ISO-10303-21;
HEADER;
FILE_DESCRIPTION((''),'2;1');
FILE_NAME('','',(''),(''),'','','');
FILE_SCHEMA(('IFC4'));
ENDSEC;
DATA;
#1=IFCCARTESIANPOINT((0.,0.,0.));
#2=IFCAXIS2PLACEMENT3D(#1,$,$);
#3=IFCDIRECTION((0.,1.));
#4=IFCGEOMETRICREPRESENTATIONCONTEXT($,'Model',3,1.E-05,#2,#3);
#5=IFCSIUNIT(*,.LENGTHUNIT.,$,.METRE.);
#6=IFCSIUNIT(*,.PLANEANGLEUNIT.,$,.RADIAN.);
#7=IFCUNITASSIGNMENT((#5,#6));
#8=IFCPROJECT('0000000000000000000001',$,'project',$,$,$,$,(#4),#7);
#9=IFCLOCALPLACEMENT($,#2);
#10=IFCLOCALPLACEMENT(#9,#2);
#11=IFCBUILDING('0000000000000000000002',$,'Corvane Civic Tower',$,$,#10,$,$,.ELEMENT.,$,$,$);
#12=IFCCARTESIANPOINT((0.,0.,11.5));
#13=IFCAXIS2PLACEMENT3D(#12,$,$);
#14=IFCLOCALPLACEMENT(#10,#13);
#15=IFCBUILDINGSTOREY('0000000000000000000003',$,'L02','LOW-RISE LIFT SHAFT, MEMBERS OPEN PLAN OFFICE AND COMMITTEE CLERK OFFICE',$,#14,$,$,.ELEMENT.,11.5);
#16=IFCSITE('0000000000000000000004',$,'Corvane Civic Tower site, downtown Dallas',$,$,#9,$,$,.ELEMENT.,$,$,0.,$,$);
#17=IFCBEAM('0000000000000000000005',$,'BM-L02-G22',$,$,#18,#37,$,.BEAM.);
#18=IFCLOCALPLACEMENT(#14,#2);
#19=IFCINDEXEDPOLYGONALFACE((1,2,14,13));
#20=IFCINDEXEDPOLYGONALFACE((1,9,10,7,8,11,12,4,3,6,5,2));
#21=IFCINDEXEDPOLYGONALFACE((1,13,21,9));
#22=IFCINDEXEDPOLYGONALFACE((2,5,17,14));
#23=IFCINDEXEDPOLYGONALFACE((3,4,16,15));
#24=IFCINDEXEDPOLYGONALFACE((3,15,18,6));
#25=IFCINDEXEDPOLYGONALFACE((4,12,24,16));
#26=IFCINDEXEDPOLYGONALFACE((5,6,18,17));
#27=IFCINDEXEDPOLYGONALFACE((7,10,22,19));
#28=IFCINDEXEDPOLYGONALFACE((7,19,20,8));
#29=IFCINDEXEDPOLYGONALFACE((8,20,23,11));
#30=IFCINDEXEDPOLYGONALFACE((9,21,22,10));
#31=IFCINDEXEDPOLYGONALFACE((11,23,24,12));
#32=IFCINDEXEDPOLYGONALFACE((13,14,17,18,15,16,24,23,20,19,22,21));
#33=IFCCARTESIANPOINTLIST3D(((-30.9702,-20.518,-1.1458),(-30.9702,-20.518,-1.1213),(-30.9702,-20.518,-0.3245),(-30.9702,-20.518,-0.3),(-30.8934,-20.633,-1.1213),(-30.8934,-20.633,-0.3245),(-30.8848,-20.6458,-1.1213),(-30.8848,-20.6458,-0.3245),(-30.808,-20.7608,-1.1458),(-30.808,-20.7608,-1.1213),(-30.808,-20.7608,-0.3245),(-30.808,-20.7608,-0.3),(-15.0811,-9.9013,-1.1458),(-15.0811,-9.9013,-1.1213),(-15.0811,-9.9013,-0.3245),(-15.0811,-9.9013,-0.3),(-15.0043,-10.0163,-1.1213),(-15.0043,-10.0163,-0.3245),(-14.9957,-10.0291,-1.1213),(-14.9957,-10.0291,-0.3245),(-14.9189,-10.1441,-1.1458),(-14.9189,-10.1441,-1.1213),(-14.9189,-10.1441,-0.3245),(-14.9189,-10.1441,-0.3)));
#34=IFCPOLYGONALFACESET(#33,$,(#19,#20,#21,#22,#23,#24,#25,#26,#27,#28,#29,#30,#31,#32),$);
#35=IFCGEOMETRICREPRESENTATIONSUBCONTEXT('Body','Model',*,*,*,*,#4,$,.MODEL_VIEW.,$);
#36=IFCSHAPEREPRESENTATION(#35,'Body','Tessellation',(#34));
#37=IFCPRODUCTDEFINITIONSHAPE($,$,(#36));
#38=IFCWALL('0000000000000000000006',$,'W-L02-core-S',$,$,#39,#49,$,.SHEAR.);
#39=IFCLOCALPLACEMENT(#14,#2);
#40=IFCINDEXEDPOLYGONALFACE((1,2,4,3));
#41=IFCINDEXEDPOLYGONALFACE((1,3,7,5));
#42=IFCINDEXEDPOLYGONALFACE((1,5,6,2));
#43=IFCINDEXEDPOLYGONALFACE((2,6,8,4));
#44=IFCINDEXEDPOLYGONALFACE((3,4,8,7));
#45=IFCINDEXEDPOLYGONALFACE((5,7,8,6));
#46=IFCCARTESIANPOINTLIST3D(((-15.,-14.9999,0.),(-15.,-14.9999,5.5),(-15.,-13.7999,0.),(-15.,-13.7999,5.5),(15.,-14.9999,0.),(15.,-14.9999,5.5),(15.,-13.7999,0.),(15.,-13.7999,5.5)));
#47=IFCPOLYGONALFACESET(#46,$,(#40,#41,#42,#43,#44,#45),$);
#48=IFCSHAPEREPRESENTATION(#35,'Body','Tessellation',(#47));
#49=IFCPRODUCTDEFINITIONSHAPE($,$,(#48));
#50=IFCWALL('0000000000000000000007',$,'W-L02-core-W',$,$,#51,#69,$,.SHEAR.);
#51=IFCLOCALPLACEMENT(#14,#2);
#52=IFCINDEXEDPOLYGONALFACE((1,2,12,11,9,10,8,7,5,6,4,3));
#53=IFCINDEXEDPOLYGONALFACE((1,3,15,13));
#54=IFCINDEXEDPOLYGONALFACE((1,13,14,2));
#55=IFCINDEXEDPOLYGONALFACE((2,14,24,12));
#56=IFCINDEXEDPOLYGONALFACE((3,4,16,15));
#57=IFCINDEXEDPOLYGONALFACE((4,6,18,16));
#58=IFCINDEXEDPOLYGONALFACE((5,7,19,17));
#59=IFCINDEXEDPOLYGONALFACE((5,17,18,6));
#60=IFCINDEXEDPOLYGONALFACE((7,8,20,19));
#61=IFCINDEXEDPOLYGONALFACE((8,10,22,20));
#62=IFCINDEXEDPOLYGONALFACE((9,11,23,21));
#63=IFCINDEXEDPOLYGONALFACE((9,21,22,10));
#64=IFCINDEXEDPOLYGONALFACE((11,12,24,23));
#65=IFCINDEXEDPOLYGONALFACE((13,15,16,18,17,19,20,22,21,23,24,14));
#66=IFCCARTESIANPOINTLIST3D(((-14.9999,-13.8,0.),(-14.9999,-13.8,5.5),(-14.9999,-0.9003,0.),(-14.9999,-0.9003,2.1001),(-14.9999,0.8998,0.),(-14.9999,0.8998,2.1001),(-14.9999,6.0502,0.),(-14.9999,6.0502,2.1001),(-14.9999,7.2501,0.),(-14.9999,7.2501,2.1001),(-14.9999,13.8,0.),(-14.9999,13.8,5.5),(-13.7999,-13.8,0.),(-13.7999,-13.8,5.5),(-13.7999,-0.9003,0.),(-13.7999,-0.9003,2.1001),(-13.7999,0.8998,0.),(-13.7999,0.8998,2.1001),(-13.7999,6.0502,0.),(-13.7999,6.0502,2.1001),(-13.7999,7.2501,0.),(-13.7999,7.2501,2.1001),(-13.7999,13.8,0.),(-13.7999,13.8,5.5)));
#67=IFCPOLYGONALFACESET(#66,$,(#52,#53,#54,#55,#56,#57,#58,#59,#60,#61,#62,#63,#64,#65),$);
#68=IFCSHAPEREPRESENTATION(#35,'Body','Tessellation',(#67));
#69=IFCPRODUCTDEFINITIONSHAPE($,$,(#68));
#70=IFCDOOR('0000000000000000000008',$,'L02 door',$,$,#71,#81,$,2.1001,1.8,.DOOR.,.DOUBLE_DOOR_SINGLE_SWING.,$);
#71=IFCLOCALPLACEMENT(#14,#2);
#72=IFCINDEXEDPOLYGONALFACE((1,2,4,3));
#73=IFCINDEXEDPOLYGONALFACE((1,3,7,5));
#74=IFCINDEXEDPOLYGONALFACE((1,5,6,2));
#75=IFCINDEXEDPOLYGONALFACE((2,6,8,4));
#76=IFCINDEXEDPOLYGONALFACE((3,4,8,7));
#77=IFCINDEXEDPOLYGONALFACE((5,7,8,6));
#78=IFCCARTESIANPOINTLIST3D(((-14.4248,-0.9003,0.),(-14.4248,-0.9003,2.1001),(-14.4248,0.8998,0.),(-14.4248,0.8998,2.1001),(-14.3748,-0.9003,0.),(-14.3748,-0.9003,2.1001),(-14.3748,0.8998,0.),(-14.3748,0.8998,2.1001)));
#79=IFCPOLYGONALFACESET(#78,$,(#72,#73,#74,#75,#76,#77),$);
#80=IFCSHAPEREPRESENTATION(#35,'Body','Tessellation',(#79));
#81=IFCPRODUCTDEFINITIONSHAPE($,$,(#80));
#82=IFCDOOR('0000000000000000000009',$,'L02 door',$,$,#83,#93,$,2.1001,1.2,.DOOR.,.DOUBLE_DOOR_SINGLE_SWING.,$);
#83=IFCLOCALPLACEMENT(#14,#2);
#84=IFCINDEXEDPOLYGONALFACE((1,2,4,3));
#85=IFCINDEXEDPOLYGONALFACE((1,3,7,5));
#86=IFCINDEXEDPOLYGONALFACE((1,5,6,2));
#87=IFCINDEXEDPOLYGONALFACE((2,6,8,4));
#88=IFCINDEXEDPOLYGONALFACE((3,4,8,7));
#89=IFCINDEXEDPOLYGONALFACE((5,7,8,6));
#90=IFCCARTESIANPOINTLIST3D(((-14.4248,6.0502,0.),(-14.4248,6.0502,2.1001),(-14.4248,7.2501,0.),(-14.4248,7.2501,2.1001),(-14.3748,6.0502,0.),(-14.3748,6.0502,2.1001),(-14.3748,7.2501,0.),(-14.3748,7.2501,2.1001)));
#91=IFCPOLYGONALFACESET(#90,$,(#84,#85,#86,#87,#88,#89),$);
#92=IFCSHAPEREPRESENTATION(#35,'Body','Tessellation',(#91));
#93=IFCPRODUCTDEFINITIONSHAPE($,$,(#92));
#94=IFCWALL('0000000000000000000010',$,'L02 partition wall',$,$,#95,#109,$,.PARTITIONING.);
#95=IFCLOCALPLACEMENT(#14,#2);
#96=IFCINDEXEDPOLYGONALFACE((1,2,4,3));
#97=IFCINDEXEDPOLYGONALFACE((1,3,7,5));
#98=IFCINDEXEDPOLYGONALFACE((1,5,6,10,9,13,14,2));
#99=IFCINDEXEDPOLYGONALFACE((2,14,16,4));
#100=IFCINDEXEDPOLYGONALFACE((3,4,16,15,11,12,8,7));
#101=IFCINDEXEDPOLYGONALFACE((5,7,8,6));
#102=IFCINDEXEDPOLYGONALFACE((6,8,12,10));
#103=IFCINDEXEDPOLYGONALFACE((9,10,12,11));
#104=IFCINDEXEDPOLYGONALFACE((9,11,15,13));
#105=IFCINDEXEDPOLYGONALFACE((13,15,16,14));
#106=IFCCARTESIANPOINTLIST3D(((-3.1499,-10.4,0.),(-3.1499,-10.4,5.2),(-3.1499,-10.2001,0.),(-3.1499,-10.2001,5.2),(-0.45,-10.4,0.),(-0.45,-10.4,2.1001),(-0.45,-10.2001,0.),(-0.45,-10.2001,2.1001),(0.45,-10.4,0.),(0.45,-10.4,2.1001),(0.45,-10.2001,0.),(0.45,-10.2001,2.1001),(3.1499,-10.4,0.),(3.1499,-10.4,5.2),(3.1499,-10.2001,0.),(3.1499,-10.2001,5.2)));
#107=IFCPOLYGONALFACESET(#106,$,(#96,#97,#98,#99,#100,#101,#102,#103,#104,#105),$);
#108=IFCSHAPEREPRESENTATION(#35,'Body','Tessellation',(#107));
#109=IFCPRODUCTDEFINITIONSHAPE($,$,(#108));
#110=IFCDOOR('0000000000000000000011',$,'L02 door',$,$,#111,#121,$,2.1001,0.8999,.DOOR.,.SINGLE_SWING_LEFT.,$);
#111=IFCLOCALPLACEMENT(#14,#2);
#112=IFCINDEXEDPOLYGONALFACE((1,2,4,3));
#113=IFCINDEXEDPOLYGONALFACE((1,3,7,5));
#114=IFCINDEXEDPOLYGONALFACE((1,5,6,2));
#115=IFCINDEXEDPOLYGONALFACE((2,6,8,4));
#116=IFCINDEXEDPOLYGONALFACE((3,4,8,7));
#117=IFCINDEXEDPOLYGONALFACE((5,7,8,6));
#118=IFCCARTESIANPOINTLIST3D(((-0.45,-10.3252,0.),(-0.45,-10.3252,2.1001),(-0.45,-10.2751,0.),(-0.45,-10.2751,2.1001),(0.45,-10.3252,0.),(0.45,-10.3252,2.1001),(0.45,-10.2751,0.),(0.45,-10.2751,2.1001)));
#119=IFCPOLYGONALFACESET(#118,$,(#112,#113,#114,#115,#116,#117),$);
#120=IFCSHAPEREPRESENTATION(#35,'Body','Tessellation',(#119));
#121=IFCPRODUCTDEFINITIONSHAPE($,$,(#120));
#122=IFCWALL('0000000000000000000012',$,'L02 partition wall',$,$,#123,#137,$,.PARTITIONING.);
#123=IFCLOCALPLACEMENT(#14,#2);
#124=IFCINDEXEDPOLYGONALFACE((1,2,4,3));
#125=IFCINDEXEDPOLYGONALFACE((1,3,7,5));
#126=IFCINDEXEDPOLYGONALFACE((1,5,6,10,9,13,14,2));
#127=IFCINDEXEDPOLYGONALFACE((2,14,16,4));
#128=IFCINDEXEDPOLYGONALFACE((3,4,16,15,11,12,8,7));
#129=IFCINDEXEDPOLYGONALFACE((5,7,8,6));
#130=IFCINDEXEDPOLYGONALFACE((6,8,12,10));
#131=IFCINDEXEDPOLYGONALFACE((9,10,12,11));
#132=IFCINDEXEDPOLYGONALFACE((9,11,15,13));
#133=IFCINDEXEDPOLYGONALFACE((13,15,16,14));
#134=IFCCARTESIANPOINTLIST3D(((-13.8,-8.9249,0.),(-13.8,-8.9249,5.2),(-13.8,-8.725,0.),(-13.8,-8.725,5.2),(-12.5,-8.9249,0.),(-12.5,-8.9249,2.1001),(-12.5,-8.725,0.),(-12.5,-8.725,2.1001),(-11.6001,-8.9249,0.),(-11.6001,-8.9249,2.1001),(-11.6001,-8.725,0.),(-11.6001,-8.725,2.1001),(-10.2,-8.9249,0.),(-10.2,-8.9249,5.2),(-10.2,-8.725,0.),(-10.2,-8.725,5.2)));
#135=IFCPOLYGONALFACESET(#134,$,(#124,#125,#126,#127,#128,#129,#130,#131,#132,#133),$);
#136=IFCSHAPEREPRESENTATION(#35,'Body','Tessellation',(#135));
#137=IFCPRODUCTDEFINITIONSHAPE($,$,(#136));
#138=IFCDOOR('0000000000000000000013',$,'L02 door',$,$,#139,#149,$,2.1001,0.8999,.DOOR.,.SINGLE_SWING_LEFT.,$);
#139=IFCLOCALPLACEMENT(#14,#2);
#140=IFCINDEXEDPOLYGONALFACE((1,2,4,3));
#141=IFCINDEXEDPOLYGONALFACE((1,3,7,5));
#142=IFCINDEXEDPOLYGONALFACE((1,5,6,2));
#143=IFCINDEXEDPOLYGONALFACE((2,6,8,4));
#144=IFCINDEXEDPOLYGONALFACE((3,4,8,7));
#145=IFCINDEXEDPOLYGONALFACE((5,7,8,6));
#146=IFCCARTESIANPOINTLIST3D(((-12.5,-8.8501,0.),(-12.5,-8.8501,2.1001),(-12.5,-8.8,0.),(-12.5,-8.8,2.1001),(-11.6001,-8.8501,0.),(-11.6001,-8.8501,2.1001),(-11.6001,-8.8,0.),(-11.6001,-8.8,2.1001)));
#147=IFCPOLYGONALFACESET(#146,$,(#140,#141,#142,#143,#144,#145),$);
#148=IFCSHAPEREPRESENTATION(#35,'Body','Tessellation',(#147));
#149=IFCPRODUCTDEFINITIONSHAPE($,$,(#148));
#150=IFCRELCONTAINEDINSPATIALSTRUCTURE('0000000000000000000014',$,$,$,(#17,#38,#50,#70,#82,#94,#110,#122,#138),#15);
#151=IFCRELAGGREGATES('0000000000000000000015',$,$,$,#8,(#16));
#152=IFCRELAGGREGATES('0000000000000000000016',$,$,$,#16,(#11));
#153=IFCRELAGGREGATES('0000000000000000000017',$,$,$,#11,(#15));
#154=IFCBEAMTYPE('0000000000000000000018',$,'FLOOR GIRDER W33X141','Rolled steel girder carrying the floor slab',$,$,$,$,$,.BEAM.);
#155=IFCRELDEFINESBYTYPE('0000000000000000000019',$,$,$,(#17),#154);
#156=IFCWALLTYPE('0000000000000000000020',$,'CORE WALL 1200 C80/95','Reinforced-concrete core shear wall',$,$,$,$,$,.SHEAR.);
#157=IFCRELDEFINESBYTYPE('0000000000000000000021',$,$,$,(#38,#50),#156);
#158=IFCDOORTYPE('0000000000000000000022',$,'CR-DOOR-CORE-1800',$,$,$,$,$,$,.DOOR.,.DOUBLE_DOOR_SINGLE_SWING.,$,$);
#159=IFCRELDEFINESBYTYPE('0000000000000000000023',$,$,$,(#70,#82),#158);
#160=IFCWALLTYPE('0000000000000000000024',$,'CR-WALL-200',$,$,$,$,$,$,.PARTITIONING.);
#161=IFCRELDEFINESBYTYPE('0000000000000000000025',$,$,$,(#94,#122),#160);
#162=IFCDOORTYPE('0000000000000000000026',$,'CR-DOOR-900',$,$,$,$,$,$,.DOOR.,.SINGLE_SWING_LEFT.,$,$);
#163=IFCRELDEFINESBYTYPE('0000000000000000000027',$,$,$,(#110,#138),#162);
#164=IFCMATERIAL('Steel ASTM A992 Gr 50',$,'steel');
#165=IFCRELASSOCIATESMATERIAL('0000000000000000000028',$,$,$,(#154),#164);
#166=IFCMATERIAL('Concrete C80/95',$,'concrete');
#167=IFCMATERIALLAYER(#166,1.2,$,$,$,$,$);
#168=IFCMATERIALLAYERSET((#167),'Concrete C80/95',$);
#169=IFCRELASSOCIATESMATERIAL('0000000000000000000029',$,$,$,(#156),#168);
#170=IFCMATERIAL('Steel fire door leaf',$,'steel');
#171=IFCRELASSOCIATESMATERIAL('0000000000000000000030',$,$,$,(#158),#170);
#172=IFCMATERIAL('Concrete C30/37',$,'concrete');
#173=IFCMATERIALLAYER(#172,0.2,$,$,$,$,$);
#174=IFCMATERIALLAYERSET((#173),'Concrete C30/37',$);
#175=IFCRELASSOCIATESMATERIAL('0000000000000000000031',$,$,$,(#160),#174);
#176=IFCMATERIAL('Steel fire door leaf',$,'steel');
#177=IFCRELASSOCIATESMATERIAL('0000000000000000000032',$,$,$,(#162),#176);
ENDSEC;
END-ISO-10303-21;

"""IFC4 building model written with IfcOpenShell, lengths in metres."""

from ifc_helpers import new_model, si_unit, direction, frame, frame_2d, origin, origin_2d, place, context, subcontext, project, spatial, rectangle, i_section, extrude, material, layer, layer_set, material_profile, profile_set, type_object, element, fill, save


model = new_model("IFC4")

# Units and contexts
model_context = context("Model", 3, precision=1e-05, world=origin(), true_north=direction((0.0, 1.0)))
body_context = subcontext(model_context, "Body", "Model", "MODEL_VIEW")
ifc_project = project(units=[si_unit("LENGTHUNIT", "METRE"), si_unit("PLANEANGLEUNIT", "RADIAN")], contexts=[model_context])

# Site, building, storey
site_placement = place(None, origin())
site = spatial("IfcSite", under=ifc_project, at=site_placement, Name="Corvane Civic Tower site, downtown Dallas", CompositionType="ELEMENT", RefElevation=0.0)
building_placement = place(site_placement, origin())
building = spatial("IfcBuilding", under=site, at=building_placement, Name="Corvane Civic Tower", CompositionType="ELEMENT")
storey_placement = place(building_placement, frame((0.0, 0.0, 11.5)))
storey = spatial("IfcBuildingStorey", under=building, at=storey_placement, Name="L02", Description="LOW-RISE LIFT SHAFT, MEMBERS OPEN PLAN OFFICE AND COMMITTEE CLERK OFFICE", CompositionType="ELEMENT", Elevation=11.5)

# Beam
ifc_material_1 = material(Name="Steel ASTM A992 Gr 50", Category="steel")
ifc_material_profile = material_profile(ifc_material_1, i_section(OverallWidth=0.292, OverallDepth=0.8457, WebThickness=0.0154, FlangeThickness=0.0244, at=origin_2d()), Name="W33X141")
ifc_profile_set = profile_set([ifc_material_profile], Name="Steel ASTM A992 Gr 50")
beam_type = type_object("IfcBeamType", Name="FLOOR GIRDER W33X141", Description="Rolled steel girder carrying the floor slab", PredefinedType="BEAM", material=ifc_profile_set)
beam_placement = place(storey_placement, frame((-15.0, -10.0227, -0.7229), z_axis=(-0.831472, -0.555567, 0.0), x_axis=(0.555567, -0.831472, 0.0)))
element("IfcBeam", 1, at=beam_placement, inside=storey, type_object=beam_type, Name="BM-L02-G22", PredefinedType="BEAM", context=body_context, shape_type="SweptSolid", body=[
    extrude(i_section(OverallWidth=0.292, OverallDepth=0.8457, WebThickness=0.0154, FlangeThickness=0.0244, at=origin_2d()), origin(), (0.0, 0.0, 1.0), 19.1096),
])

# Wall
ifc_material_2 = material(Name="Concrete C80/95", Category="concrete")
ifc_layer_1 = layer(ifc_material_2, 1.2)
ifc_layer_set_1 = layer_set([ifc_layer_1], Name="Concrete C80/95")
wall_type_1 = type_object("IfcWallType", Name="CORE WALL 1200 C80/95", Description="Reinforced-concrete core shear wall", PredefinedType="SHEAR", material=ifc_layer_set_1)
wall_1_placement = place(storey_placement, frame((-15.0, -14.3999, 0.0), z_axis=(0.0, 0.0, 1.0), x_axis=(1.0, 0.0, 0.0)))
element("IfcWall", 2, at=wall_1_placement, inside=storey, type_object=wall_type_1, Name="W-L02-core-S", PredefinedType="SHEAR", context=body_context, shape_type="SweptSolid", body=[
    extrude(rectangle(XDim=30.0, YDim=1.2, at=frame_2d((15.0, 0.0))), origin(), (0.0, 0.0, 1.0), 5.5),
])

# Wall, openings, doors
wall_2_placement = place(storey_placement, frame((-14.3999, -13.8, 0.0), z_axis=(0.0, 0.0, 1.0), x_axis=(0.0, 1.0, 0.0)))
wall_2 = element("IfcWall", 3, at=wall_2_placement, inside=storey, type_object=wall_type_1, Name="W-L02-core-W", PredefinedType="SHEAR", context=body_context, shape_type="SweptSolid", body=[
    extrude(rectangle(XDim=27.6001, YDim=1.2, at=frame_2d((13.8, 0.0))), origin(), (0.0, 0.0, 1.0), 5.5),
])
opening_1_placement = place(wall_2_placement, frame((12.8999, 0.0, 0.0)))
opening_1 = element("IfcOpeningElement", 4, at=opening_1_placement, cuts=wall_2, PredefinedType="OPENING", context=body_context, shape_type="SweptSolid", body=[
    extrude(rectangle(XDim=1.8, YDim=2.1001, at=frame_2d((0.8999, 1.05))), frame((0.0, 0.6099, 0.0), z_axis=(0.0, -1.0, 0.0), x_axis=(1.0, 0.0, 0.0)), (0.0, 0.0, 1.0), 1.22),
])
opening_2_placement = place(wall_2_placement, frame((19.8501, 0.0, 0.0)))
opening_2 = element("IfcOpeningElement", 5, at=opening_2_placement, cuts=wall_2, PredefinedType="OPENING", context=body_context, shape_type="SweptSolid", body=[
    extrude(rectangle(XDim=1.2, YDim=2.1001, at=frame_2d((0.6001, 1.05))), frame((0.0, 0.6099, 0.0), z_axis=(0.0, -1.0, 0.0), x_axis=(1.0, 0.0, 0.0)), (0.0, 0.0, 1.0), 1.22),
])
ifc_material_3 = material(Name="Steel fire door leaf", Category="steel")
door_type_1 = type_object("IfcDoorType", Name="CR-DOOR-CORE-1800", OperationType="DOUBLE_DOOR_SINGLE_SWING", PredefinedType="DOOR", material=ifc_material_3)
door_1_placement = place(opening_1_placement, origin())
door_1 = element("IfcDoor", 6, at=door_1_placement, inside=storey, type_object=door_type_1, Name="L02 door", OperationType="DOUBLE_DOOR_SINGLE_SWING", OverallHeight=2.1001, OverallWidth=1.8, PredefinedType="DOOR", context=body_context, shape_type="SweptSolid", body=[
    extrude(rectangle(XDim=1.8, YDim=2.1001, at=frame_2d((0.8999, 1.05))), frame((0.0, 0.0249, 0.0), z_axis=(0.0, -1.0, 0.0), x_axis=(1.0, 0.0, 0.0)), (0.0, 0.0, 1.0), 0.05),
])
fill(opening_1, door_1)
door_2_placement = place(opening_2_placement, origin())
door_2 = element("IfcDoor", 7, at=door_2_placement, inside=storey, type_object=door_type_1, Name="L02 door", OperationType="DOUBLE_DOOR_SINGLE_SWING", OverallHeight=2.1001, OverallWidth=1.2, PredefinedType="DOOR", context=body_context, shape_type="SweptSolid", body=[
    extrude(rectangle(XDim=1.2, YDim=2.1001, at=frame_2d((0.6001, 1.05))), frame((0.0, 0.0249, 0.0), z_axis=(0.0, -1.0, 0.0), x_axis=(1.0, 0.0, 0.0)), (0.0, 0.0, 1.0), 0.05),
])
fill(opening_2, door_2)

# Walls, openings, doors
ifc_material_4 = material(Name="Concrete C30/37", Category="concrete")
ifc_layer_2 = layer(ifc_material_4, 0.2)
ifc_layer_set_2 = layer_set([ifc_layer_2], Name="Concrete C30/37")
wall_type_2 = type_object("IfcWallType", Name="CR-WALL-200", PredefinedType="PARTITIONING", material=ifc_layer_set_2)
wall_3_placement = place(storey_placement, frame((-3.1499, -10.3, 0.0), z_axis=(0.0, 0.0, 1.0), x_axis=(1.0, 0.0, 0.0)))
wall_3 = element("IfcWall", 8, at=wall_3_placement, inside=storey, type_object=wall_type_2, Name="L02 partition wall", PredefinedType="PARTITIONING", context=body_context, shape_type="SweptSolid", body=[
    extrude(rectangle(XDim=6.2998, YDim=0.2, at=frame_2d((3.1499, 0.0))), origin(), (0.0, 0.0, 1.0), 5.2),
])
opening_3_placement = place(wall_3_placement, frame((2.7, 0.0, 0.0)))
opening_3 = element("IfcOpeningElement", 9, at=opening_3_placement, cuts=wall_3, PredefinedType="OPENING", context=body_context, shape_type="SweptSolid", body=[
    extrude(rectangle(XDim=0.8999, YDim=2.1001, at=frame_2d((0.45, 1.05))), frame((0.0, 0.1099, 0.0), z_axis=(0.0, -1.0, 0.0), x_axis=(1.0, 0.0, 0.0)), (0.0, 0.0, 1.0), 0.22),
])
ifc_material_5 = material(Name="Steel fire door leaf", Category="steel")
door_type_2 = type_object("IfcDoorType", Name="CR-DOOR-900", OperationType="SINGLE_SWING_LEFT", PredefinedType="DOOR", material=ifc_material_5)
door_3_placement = place(opening_3_placement, origin())
door_3 = element("IfcDoor", 10, at=door_3_placement, inside=storey, type_object=door_type_2, Name="L02 door", OperationType="SINGLE_SWING_LEFT", OverallHeight=2.1001, OverallWidth=0.8999, PredefinedType="DOOR", context=body_context, shape_type="SweptSolid", body=[
    extrude(rectangle(XDim=0.8999, YDim=2.1001, at=frame_2d((0.45, 1.05))), frame((0.0, 0.0249, 0.0), z_axis=(0.0, -1.0, 0.0), x_axis=(1.0, 0.0, 0.0)), (0.0, 0.0, 1.0), 0.05),
])
fill(opening_3, door_3)
wall_4_placement = place(storey_placement, frame((-13.8, -8.825, 0.0), z_axis=(0.0, 0.0, 1.0), x_axis=(1.0, 0.0, 0.0)))
wall_4 = element("IfcWall", 11, at=wall_4_placement, inside=storey, type_object=wall_type_2, Name="L02 partition wall", PredefinedType="PARTITIONING", context=body_context, shape_type="SweptSolid", body=[
    extrude(rectangle(XDim=3.6001, YDim=0.2, at=frame_2d((1.8, 0.0))), origin(), (0.0, 0.0, 1.0), 5.2),
])
opening_4_placement = place(wall_4_placement, frame((1.3, 0.0, 0.0)))
opening_4 = element("IfcOpeningElement", 12, at=opening_4_placement, cuts=wall_4, PredefinedType="OPENING", context=body_context, shape_type="SweptSolid", body=[
    extrude(rectangle(XDim=0.8999, YDim=2.1001, at=frame_2d((0.45, 1.05))), frame((0.0, 0.1099, 0.0), z_axis=(0.0, -1.0, 0.0), x_axis=(1.0, 0.0, 0.0)), (0.0, 0.0, 1.0), 0.22),
])
door_4_placement = place(opening_4_placement, origin())
door_4 = element("IfcDoor", 13, at=door_4_placement, inside=storey, type_object=door_type_2, Name="L02 door", OperationType="SINGLE_SWING_LEFT", OverallHeight=2.1001, OverallWidth=0.8999, PredefinedType="DOOR", context=body_context, shape_type="SweptSolid", body=[
    extrude(rectangle(XDim=0.8999, YDim=2.1001, at=frame_2d((0.45, 1.05))), frame((0.0, 0.0249, 0.0), z_axis=(0.0, -1.0, 0.0), x_axis=(1.0, 0.0, 0.0)), (0.0, 0.0, 1.0), 0.05),
])
fill(opening_4, door_4)

save(model, "model.ifc")
